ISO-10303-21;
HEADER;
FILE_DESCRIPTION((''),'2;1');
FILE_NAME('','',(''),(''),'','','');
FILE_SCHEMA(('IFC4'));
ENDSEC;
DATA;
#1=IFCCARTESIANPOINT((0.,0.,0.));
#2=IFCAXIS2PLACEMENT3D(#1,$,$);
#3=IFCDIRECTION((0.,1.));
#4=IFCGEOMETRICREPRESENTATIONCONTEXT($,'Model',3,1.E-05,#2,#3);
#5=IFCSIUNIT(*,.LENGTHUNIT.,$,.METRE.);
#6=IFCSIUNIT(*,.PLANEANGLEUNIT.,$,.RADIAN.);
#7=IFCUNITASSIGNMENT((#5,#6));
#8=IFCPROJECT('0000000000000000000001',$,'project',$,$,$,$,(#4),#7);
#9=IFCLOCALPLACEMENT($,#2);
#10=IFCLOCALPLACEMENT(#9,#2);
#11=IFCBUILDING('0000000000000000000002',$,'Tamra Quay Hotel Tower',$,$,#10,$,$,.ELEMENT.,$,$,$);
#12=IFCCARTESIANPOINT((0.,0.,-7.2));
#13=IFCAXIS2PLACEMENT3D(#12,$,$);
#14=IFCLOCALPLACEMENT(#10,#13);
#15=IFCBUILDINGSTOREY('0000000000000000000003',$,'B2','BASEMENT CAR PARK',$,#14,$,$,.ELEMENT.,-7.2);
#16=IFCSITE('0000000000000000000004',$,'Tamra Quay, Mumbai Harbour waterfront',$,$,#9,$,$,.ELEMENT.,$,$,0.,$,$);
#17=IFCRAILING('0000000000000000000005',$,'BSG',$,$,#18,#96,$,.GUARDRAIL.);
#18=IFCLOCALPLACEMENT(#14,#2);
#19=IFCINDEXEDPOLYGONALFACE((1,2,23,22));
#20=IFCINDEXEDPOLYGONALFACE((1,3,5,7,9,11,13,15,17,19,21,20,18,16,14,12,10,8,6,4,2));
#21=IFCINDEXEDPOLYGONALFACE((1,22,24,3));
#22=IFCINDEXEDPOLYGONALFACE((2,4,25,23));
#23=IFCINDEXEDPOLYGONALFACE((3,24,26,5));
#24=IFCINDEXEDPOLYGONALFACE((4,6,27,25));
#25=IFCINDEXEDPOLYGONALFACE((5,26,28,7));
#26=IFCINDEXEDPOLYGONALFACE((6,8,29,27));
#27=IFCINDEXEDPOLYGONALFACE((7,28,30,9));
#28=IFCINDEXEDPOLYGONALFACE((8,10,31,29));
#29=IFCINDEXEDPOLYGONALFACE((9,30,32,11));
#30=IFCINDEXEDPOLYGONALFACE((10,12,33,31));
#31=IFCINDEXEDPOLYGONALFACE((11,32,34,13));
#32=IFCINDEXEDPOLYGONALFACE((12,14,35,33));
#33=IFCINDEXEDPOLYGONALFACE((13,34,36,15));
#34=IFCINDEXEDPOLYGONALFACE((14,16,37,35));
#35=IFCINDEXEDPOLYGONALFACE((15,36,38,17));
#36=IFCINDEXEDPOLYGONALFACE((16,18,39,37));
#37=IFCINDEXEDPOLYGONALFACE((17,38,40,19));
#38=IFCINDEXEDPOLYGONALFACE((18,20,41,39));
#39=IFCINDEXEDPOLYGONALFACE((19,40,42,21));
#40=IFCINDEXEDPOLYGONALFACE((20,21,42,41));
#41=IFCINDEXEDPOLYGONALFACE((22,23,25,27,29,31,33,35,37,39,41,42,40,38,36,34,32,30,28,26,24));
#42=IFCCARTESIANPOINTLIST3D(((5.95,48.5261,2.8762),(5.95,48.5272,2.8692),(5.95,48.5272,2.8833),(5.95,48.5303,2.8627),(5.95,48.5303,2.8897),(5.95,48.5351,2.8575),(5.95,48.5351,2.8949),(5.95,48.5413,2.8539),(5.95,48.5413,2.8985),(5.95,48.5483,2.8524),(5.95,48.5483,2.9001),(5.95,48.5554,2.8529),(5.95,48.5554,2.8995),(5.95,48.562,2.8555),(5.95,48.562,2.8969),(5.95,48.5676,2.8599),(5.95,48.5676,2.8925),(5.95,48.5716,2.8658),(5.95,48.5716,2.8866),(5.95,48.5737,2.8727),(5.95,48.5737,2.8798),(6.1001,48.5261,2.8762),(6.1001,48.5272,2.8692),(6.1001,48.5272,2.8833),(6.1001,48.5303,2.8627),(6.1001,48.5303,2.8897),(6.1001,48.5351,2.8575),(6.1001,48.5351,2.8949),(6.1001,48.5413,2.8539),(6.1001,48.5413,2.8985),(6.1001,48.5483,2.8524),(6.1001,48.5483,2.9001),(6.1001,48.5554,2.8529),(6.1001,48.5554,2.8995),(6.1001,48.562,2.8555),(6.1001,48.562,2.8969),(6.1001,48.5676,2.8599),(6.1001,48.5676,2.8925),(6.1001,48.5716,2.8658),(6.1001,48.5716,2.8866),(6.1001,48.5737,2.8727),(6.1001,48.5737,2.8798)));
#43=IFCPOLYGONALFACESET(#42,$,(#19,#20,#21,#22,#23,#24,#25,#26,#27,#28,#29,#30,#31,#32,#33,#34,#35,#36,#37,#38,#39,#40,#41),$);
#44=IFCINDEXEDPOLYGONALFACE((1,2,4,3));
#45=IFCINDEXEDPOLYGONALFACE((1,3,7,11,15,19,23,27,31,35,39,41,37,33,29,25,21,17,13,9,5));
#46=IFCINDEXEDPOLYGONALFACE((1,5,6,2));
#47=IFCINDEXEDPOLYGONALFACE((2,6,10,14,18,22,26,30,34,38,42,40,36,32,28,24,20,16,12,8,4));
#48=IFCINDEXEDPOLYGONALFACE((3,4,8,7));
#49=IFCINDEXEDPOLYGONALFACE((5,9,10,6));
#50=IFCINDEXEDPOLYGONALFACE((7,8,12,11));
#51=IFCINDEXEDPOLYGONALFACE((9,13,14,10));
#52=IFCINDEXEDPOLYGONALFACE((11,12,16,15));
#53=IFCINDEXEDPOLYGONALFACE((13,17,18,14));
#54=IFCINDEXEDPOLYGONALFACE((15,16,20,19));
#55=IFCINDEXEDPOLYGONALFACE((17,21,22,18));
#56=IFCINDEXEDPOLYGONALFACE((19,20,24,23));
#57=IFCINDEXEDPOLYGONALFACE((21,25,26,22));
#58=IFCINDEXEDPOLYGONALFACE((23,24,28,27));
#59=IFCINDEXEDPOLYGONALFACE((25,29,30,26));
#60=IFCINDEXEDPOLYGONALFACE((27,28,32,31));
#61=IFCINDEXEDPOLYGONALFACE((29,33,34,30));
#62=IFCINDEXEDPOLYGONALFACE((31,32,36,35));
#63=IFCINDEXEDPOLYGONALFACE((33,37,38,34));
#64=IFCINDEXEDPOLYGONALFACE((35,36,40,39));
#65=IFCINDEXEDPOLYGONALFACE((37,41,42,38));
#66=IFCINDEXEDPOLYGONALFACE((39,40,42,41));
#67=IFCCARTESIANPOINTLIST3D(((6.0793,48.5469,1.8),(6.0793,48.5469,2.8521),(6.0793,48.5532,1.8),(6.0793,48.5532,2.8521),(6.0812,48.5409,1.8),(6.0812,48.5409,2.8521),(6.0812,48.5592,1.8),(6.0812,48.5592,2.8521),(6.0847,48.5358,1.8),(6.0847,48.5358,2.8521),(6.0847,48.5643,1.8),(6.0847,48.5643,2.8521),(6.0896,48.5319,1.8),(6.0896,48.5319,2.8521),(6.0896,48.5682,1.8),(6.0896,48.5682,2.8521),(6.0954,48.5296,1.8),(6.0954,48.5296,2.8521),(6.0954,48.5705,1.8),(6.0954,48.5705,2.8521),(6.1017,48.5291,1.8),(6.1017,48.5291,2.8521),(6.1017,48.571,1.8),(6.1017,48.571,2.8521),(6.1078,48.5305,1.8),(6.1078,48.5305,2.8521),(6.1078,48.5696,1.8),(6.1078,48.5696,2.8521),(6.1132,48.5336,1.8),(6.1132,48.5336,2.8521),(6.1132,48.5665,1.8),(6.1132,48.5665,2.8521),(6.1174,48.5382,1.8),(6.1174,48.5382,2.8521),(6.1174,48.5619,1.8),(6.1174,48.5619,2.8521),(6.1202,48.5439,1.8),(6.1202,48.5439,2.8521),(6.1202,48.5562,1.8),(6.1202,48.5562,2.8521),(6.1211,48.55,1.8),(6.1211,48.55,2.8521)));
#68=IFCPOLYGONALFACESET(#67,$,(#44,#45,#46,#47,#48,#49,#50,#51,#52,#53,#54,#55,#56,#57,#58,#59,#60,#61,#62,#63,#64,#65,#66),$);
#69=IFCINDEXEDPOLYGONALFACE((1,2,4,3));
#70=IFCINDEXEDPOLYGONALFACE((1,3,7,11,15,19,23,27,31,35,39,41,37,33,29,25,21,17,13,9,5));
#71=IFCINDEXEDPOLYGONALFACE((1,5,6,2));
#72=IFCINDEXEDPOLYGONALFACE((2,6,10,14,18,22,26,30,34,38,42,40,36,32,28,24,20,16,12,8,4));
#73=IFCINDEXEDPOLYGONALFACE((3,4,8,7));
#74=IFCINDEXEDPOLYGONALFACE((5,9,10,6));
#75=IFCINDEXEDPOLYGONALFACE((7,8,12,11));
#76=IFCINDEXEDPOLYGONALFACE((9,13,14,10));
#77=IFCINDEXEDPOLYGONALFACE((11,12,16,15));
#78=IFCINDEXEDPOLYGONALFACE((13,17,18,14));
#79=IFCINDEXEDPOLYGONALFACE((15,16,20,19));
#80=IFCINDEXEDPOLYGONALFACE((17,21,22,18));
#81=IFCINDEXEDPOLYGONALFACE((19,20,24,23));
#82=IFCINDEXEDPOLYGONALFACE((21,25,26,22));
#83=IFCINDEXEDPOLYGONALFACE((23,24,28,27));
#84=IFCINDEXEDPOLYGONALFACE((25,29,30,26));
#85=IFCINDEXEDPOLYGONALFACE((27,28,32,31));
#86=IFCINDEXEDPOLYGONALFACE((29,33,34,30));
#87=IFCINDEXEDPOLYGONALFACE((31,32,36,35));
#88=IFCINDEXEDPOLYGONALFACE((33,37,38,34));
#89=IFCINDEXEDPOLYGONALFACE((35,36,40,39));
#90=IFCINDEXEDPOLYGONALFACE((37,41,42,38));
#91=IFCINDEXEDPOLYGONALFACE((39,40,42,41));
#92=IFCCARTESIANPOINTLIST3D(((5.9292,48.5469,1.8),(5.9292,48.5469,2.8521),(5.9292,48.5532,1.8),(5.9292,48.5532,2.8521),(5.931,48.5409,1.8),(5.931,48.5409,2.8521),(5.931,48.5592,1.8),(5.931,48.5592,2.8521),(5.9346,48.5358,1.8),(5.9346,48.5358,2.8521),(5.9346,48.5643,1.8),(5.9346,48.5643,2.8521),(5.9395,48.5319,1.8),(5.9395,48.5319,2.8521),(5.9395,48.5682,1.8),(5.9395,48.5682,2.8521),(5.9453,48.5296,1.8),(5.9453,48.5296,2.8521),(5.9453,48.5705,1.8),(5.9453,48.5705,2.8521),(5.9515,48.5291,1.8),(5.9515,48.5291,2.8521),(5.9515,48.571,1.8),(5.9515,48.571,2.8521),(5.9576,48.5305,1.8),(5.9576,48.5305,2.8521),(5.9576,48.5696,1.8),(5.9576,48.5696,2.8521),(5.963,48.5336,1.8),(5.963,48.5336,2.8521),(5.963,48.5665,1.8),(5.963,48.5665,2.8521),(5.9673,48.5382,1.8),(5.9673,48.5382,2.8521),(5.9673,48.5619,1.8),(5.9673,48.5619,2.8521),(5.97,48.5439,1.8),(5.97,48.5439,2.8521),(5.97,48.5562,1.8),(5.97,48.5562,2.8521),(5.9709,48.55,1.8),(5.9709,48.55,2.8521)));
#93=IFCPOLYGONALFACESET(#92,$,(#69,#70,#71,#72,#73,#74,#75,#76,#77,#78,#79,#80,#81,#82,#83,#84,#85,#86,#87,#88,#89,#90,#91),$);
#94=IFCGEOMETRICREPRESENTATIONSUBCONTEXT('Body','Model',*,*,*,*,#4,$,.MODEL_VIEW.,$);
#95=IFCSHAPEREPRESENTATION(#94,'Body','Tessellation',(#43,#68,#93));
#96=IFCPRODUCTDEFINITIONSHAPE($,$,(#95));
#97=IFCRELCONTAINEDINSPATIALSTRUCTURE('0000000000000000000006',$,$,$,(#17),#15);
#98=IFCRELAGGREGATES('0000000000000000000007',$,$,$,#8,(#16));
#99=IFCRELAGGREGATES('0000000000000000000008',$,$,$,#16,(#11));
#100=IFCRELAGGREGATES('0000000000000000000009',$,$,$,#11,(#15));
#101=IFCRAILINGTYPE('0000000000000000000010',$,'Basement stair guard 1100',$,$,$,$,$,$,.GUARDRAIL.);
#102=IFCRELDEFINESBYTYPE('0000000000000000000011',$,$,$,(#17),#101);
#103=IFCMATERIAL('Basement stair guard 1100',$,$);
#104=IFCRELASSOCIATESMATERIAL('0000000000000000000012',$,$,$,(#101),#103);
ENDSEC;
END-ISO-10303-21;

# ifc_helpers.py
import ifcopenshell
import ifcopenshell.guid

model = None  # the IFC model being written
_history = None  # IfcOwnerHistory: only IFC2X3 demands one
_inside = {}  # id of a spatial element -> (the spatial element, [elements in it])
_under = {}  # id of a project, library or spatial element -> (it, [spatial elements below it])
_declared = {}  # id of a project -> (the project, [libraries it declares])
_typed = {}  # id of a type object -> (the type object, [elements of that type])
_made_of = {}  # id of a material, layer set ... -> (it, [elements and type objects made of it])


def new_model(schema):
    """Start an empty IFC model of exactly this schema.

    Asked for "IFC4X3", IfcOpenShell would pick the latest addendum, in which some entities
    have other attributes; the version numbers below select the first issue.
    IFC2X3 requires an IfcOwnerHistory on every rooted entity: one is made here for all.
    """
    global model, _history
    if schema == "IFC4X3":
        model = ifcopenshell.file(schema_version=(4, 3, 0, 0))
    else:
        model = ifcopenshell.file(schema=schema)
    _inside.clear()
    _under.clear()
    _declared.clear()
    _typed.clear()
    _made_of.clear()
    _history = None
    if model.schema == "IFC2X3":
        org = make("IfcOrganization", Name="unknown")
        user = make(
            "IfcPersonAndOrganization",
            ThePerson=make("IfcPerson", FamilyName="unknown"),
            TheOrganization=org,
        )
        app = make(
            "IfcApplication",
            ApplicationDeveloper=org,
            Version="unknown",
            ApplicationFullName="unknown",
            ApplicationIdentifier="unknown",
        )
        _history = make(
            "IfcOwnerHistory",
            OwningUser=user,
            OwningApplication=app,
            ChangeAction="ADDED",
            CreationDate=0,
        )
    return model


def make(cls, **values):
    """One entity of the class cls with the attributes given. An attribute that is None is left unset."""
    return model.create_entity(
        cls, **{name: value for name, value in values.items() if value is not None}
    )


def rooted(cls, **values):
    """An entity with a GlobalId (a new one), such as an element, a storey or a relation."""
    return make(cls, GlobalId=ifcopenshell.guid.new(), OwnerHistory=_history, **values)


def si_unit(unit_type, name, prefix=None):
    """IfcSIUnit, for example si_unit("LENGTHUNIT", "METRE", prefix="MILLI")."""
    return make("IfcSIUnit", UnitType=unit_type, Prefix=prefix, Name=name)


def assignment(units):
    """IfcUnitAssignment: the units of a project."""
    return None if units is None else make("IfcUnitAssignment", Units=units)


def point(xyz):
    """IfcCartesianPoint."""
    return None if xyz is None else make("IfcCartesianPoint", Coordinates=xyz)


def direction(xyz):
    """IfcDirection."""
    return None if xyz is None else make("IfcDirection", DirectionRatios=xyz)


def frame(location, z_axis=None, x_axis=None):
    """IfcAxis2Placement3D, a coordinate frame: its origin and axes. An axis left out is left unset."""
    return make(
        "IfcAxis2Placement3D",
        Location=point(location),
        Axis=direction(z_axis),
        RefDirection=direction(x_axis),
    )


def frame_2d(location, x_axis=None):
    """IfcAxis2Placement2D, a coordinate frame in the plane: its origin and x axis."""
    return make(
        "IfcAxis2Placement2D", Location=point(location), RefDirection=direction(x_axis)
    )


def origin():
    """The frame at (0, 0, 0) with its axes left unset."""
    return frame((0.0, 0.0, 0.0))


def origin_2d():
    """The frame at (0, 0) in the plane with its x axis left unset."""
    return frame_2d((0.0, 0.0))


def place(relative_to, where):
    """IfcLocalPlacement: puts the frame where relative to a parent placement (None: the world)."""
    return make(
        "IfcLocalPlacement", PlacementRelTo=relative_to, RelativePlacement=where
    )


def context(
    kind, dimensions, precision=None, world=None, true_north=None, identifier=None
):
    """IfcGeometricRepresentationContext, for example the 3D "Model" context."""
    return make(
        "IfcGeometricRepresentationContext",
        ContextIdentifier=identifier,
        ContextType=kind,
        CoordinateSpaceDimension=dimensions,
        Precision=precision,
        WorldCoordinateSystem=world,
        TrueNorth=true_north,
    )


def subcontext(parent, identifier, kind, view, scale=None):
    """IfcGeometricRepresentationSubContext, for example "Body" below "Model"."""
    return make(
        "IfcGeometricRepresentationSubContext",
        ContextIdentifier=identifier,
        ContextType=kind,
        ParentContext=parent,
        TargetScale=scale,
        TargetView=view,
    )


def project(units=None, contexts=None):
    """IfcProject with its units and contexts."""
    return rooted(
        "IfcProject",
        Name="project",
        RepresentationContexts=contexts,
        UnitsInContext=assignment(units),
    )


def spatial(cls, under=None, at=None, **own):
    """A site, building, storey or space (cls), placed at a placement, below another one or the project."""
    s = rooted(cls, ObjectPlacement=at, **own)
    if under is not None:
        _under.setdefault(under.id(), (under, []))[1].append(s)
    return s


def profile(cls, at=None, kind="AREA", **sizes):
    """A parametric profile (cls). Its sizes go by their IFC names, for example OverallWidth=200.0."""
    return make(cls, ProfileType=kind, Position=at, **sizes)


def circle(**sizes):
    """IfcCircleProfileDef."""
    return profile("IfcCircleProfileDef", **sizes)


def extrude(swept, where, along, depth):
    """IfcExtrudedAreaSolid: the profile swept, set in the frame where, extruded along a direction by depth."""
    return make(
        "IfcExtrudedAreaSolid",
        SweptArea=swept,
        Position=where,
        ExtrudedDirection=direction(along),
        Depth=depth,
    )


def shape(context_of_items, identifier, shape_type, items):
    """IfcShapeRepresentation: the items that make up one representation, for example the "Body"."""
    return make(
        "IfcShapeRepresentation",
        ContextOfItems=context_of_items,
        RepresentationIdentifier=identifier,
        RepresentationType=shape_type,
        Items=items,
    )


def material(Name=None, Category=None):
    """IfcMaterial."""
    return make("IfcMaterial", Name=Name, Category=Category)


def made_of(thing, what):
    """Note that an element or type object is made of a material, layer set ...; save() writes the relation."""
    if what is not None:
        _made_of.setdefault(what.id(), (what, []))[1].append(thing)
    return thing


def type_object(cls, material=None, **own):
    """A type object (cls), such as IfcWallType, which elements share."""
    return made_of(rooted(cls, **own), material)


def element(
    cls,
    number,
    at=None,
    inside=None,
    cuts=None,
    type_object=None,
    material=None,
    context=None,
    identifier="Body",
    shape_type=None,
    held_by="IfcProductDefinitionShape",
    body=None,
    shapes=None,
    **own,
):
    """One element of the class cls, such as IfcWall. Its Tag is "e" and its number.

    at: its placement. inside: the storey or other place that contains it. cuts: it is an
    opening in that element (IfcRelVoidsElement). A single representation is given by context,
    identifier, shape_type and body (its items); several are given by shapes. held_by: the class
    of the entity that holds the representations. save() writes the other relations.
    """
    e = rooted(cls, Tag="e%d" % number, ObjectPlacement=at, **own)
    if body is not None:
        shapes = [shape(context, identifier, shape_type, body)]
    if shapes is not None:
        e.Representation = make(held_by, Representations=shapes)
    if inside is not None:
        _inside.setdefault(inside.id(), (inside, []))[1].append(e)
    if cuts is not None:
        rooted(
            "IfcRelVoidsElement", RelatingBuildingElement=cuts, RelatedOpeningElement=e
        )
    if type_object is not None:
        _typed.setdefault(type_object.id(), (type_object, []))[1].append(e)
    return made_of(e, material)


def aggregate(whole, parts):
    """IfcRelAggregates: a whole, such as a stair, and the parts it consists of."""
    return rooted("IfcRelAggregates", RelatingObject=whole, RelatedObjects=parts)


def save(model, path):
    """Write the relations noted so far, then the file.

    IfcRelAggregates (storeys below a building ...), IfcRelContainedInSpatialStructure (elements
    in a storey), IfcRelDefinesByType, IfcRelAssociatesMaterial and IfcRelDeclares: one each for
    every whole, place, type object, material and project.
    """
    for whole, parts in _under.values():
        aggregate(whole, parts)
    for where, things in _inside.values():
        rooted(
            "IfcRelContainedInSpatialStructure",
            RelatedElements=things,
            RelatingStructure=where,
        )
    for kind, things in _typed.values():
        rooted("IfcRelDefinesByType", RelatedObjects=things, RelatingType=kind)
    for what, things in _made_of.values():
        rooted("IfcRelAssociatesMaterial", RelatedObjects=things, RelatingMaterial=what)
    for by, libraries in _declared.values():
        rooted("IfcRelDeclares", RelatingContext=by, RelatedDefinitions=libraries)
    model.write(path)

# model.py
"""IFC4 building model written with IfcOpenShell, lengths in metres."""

from ifc_helpers import new_model, si_unit, direction, frame, origin, origin_2d, place, context, subcontext, project, spatial, circle, extrude, material, type_object, element, save


model = new_model("IFC4")

# Units and contexts
model_context = context("Model", 3, precision=1e-05, world=origin(), true_north=direction((0.0, 1.0)))
body_context = subcontext(model_context, "Body", "Model", "MODEL_VIEW")
ifc_project = project(units=[si_unit("LENGTHUNIT", "METRE"), si_unit("PLANEANGLEUNIT", "RADIAN")], contexts=[model_context])

# Site, building, storey
site_placement = place(None, origin())
site = spatial("IfcSite", under=ifc_project, at=site_placement, Name="Tamra Quay, Mumbai Harbour waterfront", CompositionType="ELEMENT", RefElevation=0.0)
building_placement = place(site_placement, origin())
building = spatial("IfcBuilding", under=site, at=building_placement, Name="Tamra Quay Hotel Tower", CompositionType="ELEMENT")
storey_placement = place(building_placement, frame((0.0, 0.0, -7.2)))
storey = spatial("IfcBuildingStorey", under=building, at=storey_placement, Name="B2", Description="BASEMENT CAR PARK", CompositionType="ELEMENT", Elevation=-7.2)

# Railing
ifc_material_1 = material(Name="Basement stair guard 1100")
railing_type_1 = type_object("IfcRailingType", Name="Basement stair guard 1100", PredefinedType="GUARDRAIL", material=ifc_material_1)
railing_1_placement = place(storey_placement, frame((6.1001, 48.55, 1.8)))
element("IfcRailing", 1, at=railing_1_placement, inside=storey, type_object=railing_type_1, Name="BSG", PredefinedType="GUARDRAIL", context=body_context, shape_type="SweptSolid", body=[
    extrude(circle(Radius=0.0239, at=origin_2d()), frame((0.0, 0.0, 1.0762), z_axis=(-1.0, 0.0, 0.0), x_axis=(0.0, -1.0, 0.0)), (0.0, 0.0, 1.0), 0.1501),
    extrude(circle(Radius=0.021, at=origin_2d()), origin(), (0.0, 0.0, 1.0), 1.052),
    extrude(circle(Radius=0.021, at=origin_2d()), frame((-0.1501, 0.0, 0.0)), (0.0, 0.0, 1.0), 1.052),
])

save(model, "model.ifc")
